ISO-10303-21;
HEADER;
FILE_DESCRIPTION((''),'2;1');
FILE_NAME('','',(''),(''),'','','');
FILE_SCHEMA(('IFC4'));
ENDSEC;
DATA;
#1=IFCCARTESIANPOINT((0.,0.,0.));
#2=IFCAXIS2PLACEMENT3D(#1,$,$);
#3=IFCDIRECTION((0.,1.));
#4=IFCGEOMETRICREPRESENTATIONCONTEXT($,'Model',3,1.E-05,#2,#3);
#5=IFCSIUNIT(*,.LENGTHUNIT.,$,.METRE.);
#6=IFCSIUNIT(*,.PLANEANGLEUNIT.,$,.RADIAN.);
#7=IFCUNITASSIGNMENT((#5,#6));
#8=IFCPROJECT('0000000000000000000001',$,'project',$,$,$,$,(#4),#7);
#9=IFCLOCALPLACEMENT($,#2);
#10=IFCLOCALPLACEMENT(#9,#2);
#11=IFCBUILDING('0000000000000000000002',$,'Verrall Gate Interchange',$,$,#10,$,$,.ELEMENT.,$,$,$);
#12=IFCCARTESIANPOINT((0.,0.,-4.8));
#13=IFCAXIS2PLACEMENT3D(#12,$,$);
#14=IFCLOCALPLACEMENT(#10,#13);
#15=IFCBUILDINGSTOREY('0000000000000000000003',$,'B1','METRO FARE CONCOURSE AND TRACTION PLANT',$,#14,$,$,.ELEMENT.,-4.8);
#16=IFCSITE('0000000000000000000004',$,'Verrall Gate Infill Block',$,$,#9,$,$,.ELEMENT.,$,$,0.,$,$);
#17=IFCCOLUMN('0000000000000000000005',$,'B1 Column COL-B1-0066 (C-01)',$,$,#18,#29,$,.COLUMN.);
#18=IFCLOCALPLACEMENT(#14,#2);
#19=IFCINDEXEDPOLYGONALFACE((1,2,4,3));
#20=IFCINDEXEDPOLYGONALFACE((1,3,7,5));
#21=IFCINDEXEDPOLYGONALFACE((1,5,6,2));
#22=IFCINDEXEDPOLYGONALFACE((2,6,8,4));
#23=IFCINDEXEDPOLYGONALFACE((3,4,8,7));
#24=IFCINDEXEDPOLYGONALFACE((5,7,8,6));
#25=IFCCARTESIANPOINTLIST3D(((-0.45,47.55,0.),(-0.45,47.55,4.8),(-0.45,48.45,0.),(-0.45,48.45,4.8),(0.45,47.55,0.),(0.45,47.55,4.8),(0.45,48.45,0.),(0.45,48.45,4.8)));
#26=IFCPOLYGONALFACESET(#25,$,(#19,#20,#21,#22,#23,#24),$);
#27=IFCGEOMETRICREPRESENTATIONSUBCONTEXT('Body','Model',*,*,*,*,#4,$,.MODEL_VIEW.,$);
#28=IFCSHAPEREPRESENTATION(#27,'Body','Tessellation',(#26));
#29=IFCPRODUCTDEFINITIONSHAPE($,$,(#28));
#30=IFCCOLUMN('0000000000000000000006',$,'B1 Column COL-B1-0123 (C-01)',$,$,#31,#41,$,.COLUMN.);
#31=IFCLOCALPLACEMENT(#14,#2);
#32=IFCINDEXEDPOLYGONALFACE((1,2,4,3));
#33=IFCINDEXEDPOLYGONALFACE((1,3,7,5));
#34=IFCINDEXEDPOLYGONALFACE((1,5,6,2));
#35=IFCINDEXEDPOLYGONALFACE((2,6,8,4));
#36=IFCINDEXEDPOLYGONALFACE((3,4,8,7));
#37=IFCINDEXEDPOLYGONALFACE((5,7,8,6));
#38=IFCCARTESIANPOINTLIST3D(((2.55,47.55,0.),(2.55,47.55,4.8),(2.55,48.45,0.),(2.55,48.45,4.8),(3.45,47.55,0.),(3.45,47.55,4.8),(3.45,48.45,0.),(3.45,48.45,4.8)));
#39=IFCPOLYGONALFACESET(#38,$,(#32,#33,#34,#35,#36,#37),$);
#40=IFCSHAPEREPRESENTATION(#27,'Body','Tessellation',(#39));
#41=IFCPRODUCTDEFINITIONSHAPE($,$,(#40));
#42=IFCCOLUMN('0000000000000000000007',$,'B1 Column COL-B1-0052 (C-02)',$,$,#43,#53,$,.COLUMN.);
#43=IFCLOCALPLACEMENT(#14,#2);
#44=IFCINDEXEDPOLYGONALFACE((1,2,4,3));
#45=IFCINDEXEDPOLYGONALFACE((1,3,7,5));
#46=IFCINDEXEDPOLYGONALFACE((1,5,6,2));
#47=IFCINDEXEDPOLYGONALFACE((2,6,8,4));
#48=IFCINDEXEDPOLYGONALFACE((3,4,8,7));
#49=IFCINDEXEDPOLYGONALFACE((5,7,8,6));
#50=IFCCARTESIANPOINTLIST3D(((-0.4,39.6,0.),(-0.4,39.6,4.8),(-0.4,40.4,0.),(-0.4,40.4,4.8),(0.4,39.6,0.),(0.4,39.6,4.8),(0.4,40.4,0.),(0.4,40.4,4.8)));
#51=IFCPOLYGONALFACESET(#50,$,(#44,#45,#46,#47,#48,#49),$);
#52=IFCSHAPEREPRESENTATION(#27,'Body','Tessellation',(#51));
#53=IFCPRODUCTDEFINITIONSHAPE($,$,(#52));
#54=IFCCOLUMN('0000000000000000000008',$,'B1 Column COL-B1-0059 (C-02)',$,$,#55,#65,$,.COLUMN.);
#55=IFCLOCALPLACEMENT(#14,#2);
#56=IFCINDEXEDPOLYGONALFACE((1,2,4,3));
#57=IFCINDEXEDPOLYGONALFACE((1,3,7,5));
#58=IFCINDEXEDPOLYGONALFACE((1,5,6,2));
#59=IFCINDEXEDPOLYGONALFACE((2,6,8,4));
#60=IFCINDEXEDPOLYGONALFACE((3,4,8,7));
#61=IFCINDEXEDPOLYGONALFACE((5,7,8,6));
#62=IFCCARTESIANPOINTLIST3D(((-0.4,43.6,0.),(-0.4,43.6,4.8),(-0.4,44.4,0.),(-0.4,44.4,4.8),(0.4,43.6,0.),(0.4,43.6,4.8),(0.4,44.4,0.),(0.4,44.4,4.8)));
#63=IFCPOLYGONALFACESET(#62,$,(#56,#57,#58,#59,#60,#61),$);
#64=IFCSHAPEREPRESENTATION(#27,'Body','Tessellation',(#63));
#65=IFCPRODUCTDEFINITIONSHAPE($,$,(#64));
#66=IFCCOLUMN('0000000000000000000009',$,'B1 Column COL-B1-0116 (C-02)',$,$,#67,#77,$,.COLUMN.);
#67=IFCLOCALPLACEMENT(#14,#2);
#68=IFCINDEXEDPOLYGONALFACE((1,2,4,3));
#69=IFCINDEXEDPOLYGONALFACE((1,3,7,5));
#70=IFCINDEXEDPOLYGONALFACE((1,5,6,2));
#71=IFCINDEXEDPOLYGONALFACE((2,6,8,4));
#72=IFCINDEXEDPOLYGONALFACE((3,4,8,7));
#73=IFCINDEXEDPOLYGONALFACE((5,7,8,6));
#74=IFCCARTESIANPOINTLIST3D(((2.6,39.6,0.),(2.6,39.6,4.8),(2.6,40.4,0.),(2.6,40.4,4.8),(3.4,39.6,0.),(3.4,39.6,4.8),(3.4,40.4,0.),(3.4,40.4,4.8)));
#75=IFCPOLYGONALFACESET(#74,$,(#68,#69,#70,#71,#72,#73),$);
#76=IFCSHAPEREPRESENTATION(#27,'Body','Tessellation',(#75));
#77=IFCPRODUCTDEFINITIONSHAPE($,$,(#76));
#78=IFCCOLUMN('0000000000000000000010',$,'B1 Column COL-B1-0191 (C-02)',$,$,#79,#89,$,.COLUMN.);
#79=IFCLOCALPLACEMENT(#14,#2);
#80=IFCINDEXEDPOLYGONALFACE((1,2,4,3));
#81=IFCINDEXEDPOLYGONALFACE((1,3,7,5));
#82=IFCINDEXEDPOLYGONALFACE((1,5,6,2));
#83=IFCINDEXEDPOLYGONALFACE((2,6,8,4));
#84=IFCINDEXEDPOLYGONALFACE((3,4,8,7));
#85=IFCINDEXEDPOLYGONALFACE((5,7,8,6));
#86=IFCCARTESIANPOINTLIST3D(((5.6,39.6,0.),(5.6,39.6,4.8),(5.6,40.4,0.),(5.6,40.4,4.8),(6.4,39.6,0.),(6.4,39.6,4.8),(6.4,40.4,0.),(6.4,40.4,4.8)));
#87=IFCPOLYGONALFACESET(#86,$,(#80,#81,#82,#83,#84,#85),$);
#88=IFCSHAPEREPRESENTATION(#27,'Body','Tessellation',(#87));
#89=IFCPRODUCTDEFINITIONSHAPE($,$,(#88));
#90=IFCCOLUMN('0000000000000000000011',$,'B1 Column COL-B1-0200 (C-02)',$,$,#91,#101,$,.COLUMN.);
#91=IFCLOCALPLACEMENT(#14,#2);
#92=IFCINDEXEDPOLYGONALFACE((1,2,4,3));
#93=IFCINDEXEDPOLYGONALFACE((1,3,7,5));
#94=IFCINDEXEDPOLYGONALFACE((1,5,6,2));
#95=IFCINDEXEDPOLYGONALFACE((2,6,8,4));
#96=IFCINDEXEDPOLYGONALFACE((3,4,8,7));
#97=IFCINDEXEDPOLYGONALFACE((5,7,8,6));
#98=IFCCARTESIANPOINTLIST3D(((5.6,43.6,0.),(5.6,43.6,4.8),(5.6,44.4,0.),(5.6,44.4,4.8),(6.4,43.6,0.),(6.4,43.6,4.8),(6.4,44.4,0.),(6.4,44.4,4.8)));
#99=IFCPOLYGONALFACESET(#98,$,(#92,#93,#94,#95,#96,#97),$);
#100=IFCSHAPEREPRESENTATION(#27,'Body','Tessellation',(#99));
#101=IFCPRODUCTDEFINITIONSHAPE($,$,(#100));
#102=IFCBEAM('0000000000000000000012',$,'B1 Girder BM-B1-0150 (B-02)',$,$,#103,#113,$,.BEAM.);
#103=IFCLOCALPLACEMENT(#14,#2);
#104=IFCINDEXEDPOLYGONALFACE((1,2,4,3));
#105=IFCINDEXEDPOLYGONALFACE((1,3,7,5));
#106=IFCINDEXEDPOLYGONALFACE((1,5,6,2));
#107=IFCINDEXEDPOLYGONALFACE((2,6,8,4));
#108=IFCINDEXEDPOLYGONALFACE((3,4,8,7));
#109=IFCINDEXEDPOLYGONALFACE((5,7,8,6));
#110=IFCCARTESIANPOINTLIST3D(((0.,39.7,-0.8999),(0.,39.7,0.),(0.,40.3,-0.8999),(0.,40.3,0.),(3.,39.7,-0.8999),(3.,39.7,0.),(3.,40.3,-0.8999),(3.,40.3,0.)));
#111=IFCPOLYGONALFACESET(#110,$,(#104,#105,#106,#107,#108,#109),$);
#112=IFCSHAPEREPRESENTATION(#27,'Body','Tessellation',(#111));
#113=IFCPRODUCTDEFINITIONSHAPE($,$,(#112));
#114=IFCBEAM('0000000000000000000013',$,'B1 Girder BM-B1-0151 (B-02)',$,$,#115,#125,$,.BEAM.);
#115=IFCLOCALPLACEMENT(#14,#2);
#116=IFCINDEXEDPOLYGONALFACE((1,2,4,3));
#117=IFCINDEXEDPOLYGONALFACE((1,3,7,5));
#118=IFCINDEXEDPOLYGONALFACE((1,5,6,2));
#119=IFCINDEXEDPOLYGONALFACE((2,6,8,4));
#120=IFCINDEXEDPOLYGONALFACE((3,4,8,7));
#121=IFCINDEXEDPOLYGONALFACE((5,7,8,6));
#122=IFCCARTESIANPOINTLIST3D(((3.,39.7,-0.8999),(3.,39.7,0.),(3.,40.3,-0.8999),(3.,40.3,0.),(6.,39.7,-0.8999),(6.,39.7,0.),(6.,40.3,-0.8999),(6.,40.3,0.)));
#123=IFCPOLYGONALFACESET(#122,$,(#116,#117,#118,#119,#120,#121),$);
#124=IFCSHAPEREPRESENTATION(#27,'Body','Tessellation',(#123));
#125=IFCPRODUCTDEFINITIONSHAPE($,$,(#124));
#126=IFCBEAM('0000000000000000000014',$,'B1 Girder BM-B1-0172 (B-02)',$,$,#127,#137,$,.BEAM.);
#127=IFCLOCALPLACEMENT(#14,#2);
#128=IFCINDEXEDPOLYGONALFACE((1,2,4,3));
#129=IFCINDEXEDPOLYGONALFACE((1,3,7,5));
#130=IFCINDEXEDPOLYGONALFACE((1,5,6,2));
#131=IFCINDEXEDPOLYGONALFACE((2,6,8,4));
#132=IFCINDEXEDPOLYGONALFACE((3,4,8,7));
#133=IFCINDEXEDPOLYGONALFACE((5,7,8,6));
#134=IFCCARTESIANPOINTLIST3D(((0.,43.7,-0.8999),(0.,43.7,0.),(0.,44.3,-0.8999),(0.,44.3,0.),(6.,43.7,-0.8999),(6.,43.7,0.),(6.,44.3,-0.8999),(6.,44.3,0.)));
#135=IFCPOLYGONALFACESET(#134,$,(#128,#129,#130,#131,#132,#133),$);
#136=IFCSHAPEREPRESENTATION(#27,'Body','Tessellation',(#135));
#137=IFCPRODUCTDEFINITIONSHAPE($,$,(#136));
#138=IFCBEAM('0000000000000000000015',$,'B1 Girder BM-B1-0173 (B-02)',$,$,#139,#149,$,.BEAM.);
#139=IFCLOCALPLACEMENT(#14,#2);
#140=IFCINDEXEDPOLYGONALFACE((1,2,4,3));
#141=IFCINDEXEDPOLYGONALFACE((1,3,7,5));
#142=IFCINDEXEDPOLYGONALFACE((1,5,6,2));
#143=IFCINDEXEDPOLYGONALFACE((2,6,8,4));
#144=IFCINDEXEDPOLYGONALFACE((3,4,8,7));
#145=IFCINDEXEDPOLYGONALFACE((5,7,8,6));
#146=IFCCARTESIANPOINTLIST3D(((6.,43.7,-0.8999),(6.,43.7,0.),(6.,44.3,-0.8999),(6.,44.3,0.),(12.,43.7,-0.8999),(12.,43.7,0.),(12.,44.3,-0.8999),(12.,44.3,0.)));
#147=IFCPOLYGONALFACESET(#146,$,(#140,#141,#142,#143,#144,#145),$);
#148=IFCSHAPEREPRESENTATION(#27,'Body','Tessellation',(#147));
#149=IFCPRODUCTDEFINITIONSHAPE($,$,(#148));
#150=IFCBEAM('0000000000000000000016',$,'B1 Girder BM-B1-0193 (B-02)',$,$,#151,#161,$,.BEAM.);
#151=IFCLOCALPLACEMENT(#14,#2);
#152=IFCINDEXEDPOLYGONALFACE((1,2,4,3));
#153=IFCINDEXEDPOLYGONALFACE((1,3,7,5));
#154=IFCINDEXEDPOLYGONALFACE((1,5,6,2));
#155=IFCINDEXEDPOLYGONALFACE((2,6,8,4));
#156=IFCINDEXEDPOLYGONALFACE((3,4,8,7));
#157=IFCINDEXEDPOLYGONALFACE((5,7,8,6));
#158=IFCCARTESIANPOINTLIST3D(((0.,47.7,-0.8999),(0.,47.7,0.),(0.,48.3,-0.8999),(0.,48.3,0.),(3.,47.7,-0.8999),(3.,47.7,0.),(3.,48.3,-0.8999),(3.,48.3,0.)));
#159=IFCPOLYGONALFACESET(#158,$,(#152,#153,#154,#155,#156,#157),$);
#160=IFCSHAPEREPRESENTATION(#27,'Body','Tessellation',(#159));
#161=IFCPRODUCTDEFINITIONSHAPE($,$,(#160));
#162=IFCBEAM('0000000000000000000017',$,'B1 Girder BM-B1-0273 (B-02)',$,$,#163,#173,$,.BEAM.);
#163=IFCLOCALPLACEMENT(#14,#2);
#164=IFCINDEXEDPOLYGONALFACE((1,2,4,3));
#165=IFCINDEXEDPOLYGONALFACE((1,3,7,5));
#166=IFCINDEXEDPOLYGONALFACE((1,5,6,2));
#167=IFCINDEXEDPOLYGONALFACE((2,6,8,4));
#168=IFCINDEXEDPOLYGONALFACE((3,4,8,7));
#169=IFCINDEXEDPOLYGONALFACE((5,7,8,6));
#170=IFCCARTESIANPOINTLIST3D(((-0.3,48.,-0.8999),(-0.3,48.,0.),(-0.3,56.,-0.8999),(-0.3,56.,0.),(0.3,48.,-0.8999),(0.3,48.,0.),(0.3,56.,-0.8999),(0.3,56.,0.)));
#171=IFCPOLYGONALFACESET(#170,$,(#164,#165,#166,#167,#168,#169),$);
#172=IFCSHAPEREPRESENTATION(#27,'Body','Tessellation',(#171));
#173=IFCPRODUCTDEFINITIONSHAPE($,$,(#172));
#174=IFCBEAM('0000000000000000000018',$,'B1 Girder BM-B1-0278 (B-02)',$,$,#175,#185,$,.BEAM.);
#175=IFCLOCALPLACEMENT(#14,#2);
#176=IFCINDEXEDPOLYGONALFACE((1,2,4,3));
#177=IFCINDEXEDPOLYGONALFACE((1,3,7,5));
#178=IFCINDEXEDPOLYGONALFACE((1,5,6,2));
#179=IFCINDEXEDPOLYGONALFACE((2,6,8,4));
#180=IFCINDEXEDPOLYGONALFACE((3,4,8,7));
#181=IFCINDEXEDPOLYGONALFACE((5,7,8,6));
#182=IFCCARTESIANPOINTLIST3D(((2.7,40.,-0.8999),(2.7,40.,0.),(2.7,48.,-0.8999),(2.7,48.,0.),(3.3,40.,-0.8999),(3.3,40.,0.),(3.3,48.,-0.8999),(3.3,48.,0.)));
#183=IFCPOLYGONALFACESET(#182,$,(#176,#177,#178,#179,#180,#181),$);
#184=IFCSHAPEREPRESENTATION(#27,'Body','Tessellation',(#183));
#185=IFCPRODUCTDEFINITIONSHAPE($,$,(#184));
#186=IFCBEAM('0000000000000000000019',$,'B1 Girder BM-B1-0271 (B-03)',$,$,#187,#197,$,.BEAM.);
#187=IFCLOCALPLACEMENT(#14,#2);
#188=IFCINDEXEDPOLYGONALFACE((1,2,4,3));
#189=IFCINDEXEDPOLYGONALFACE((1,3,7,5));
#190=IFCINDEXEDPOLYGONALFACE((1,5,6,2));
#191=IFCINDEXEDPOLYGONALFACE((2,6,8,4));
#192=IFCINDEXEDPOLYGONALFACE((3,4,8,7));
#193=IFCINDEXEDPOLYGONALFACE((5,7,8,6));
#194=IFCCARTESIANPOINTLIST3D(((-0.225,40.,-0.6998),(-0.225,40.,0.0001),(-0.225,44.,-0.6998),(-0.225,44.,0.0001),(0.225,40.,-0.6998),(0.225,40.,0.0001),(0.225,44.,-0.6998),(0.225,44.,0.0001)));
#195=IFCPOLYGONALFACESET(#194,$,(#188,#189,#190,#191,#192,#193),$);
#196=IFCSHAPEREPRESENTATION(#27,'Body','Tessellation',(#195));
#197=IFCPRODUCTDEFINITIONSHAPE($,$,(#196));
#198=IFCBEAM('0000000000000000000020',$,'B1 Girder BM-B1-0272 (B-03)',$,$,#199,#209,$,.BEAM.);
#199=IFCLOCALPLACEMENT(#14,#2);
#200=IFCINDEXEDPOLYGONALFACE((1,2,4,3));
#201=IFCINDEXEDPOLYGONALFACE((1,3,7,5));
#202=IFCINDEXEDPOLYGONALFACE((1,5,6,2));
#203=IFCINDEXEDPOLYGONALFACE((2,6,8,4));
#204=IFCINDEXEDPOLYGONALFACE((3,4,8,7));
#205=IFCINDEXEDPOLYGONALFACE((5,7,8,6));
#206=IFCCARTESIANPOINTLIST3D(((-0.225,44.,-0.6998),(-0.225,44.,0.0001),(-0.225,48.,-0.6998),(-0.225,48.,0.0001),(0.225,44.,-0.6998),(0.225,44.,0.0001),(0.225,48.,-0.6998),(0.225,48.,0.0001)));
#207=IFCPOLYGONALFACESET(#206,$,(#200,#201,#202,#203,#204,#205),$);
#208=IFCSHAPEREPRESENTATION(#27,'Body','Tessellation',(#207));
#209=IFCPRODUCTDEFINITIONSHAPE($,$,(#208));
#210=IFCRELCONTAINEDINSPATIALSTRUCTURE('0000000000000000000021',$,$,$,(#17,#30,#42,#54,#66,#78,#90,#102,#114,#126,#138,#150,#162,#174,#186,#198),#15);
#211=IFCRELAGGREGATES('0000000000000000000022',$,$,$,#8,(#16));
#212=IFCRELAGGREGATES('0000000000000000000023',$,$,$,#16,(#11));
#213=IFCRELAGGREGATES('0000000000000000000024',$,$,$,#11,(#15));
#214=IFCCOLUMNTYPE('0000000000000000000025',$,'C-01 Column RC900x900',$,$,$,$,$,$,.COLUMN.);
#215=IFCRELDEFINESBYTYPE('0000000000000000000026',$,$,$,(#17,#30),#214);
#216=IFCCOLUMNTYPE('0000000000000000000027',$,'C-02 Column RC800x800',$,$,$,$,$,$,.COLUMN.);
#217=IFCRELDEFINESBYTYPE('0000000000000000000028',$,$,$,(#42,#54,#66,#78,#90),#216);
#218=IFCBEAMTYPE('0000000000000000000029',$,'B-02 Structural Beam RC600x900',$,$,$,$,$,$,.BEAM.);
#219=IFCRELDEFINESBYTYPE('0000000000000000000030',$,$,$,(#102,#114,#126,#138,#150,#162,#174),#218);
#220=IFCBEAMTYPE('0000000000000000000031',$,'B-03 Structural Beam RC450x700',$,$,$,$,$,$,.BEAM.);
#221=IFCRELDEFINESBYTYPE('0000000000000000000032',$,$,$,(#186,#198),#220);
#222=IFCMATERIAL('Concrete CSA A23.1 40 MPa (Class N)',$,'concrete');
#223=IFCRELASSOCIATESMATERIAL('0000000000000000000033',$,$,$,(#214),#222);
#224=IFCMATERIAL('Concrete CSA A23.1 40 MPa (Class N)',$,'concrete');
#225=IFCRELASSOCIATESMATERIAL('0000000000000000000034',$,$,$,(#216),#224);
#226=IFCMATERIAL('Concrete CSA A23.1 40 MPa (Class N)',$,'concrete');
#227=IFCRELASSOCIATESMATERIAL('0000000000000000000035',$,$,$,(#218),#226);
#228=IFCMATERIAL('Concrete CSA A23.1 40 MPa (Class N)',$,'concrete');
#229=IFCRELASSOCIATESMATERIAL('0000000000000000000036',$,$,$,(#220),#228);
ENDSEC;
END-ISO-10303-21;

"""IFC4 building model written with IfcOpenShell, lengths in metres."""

from ifc_helpers import new_model, si_unit, direction, frame, origin, origin_2d, place, context, subcontext, project, spatial, rectangle, extrude, material, material_profile, profile_set, type_object, element, save


model = new_model("IFC4")

# Units and contexts
model_context = context("Model", 3, precision=1e-05, world=origin(), true_north=direction((0.0, 1.0)))
body_context = subcontext(model_context, "Body", "Model", "MODEL_VIEW")
ifc_project = project(units=[si_unit("LENGTHUNIT", "METRE"), si_unit("PLANEANGLEUNIT", "RADIAN")], contexts=[model_context])

# Site, building, storey
site_placement = place(None, origin())
site = spatial("IfcSite", under=ifc_project, at=site_placement, Name="Verrall Gate Infill Block", CompositionType="ELEMENT", RefElevation=0.0)
building_placement = place(site_placement, origin())
building = spatial("IfcBuilding", under=site, at=building_placement, Name="Verrall Gate Interchange", CompositionType="ELEMENT")
storey_placement = place(building_placement, frame((0.0, 0.0, -4.8)))
storey = spatial("IfcBuildingStorey", under=building, at=storey_placement, Name="B1", Description="METRO FARE CONCOURSE AND TRACTION PLANT", CompositionType="ELEMENT", Elevation=-4.8)

# Columns
ifc_material_1 = material(Name="Concrete CSA A23.1 40 MPa (Class N)", Category="concrete")
ifc_material_profile_1 = material_profile(ifc_material_1, rectangle(XDim=0.8999, YDim=0.8999, at=origin_2d()), Name="RC900x900")
ifc_profile_set_1 = profile_set([ifc_material_profile_1], Name="Concrete CSA A23.1 40 MPa (Class N)")
column_type_1 = type_object("IfcColumnType", Name="C-01 Column RC900x900", PredefinedType="COLUMN", material=ifc_profile_set_1)
for number, where, z_axis, x_axis, name in (
    (1, (0.0, 48.0, 0.0), (0.0, 0.0, 1.0), (1.0, 0.0, 0.0), "B1 Column COL-B1-0066 (C-01)"),
    (2, (3.0, 48.0, 0.0), (0.0, 0.0, 1.0), (1.0, 0.0, 0.0), "B1 Column COL-B1-0123 (C-01)"),
):
    element("IfcColumn", number, at=place(storey_placement, frame(where, z_axis=z_axis, x_axis=x_axis)), inside=storey, type_object=column_type_1, Name=name, PredefinedType="COLUMN", context=body_context, shape_type="SweptSolid", body=[
        extrude(rectangle(XDim=0.8999, YDim=0.8999, at=origin_2d()), origin(), (0.0, 0.0, 1.0), 4.8),
    ])
ifc_material_2 = material(Name="Concrete CSA A23.1 40 MPa (Class N)", Category="concrete")
ifc_material_profile_2 = material_profile(ifc_material_2, rectangle(XDim=0.8, YDim=0.8, at=origin_2d()), Name="RC800x800")
ifc_profile_set_2 = profile_set([ifc_material_profile_2], Name="Concrete CSA A23.1 40 MPa (Class N)")
column_type_2 = type_object("IfcColumnType", Name="C-02 Column RC800x800", PredefinedType="COLUMN", material=ifc_profile_set_2)
for number, where, z_axis, x_axis, name in (
    (3, (0.0, 40.0, 0.0), (0.0, 0.0, 1.0), (1.0, 0.0, 0.0), "B1 Column COL-B1-0052 (C-02)"),
    (4, (0.0, 44.0, 0.0), (0.0, 0.0, 1.0), (1.0, 0.0, 0.0), "B1 Column COL-B1-0059 (C-02)"),
    (5, (3.0, 40.0, 0.0), (0.0, 0.0, 1.0), (1.0, 0.0, 0.0), "B1 Column COL-B1-0116 (C-02)"),
    (6, (6.0, 40.0, 0.0), (0.0, 0.0, 1.0), (1.0, 0.0, 0.0), "B1 Column COL-B1-0191 (C-02)"),
    (7, (6.0, 44.0, 0.0), (0.0, 0.0, 1.0), (1.0, 0.0, 0.0), "B1 Column COL-B1-0200 (C-02)"),
):
    element("IfcColumn", number, at=place(storey_placement, frame(where, z_axis=z_axis, x_axis=x_axis)), inside=storey, type_object=column_type_2, Name=name, PredefinedType="COLUMN", context=body_context, shape_type="SweptSolid", body=[
        extrude(rectangle(XDim=0.8, YDim=0.8, at=origin_2d()), origin(), (0.0, 0.0, 1.0), 4.8),
    ])

# Beams
ifc_material_3 = material(Name="Concrete CSA A23.1 40 MPa (Class N)", Category="concrete")
ifc_material_profile_3 = material_profile(ifc_material_3, rectangle(XDim=0.6001, YDim=0.8999, at=origin_2d()), Name="RC600x900")
ifc_profile_set_3 = profile_set([ifc_material_profile_3], Name="Concrete CSA A23.1 40 MPa (Class N)")
beam_type_1 = type_object("IfcBeamType", Name="B-02 Structural Beam RC600x900", PredefinedType="BEAM", material=ifc_profile_set_3)
for number, where, z_axis, x_axis, name in (
    (8, (0.0, 40.0, -0.45), (1.0, 0.0, 0.0), (0.0, 1.0, 0.0), "B1 Girder BM-B1-0150 (B-02)"),
    (9, (3.0, 40.0, -0.45), (1.0, 0.0, 0.0), (0.0, 1.0, 0.0), "B1 Girder BM-B1-0151 (B-02)"),
):
    element("IfcBeam", number, at=place(storey_placement, frame(where, z_axis=z_axis, x_axis=x_axis)), inside=storey, type_object=beam_type_1, Name=name, PredefinedType="BEAM", context=body_context, shape_type="SweptSolid", body=[
        extrude(rectangle(XDim=0.6001, YDim=0.8999, at=origin_2d()), origin(), (0.0, 0.0, 1.0), 3.0),
    ])
for number, where, z_axis, x_axis, name in (
    (10, (0.0, 44.0, -0.45), (1.0, 0.0, 0.0), (0.0, 1.0, 0.0), "B1 Girder BM-B1-0172 (B-02)"),
    (11, (6.0, 44.0, -0.45), (1.0, 0.0, 0.0), (0.0, 1.0, 0.0), "B1 Girder BM-B1-0173 (B-02)"),
):
    element("IfcBeam", number, at=place(storey_placement, frame(where, z_axis=z_axis, x_axis=x_axis)), inside=storey, type_object=beam_type_1, Name=name, PredefinedType="BEAM", context=body_context, shape_type="SweptSolid", body=[
        extrude(rectangle(XDim=0.6001, YDim=0.8999, at=origin_2d()), origin(), (0.0, 0.0, 1.0), 6.0),
    ])
beam_1_placement = place(storey_placement, frame((0.0, 48.0, -0.45), z_axis=(1.0, 0.0, 0.0), x_axis=(0.0, 1.0, 0.0)))
element("IfcBeam", 12, at=beam_1_placement, inside=storey, type_object=beam_type_1, Name="B1 Girder BM-B1-0193 (B-02)", PredefinedType="BEAM", context=body_context, shape_type="SweptSolid", body=[
    extrude(rectangle(XDim=0.6001, YDim=0.8999, at=origin_2d()), origin(), (0.0, 0.0, 1.0), 3.0),
])
for number, where, z_axis, x_axis, name in (
    (13, (0.0, 48.0, -0.45), (0.0, 1.0, 0.0), (-1.0, 0.0, 0.0), "B1 Girder BM-B1-0273 (B-02)"),
    (14, (3.0, 40.0, -0.45), (0.0, 1.0, 0.0), (-1.0, 0.0, 0.0), "B1 Girder BM-B1-0278 (B-02)"),
):
    element("IfcBeam", number, at=place(storey_placement, frame(where, z_axis=z_axis, x_axis=x_axis)), inside=storey, type_object=beam_type_1, Name=name, PredefinedType="BEAM", context=body_context, shape_type="SweptSolid", body=[
        extrude(rectangle(XDim=0.6001, YDim=0.8999, at=origin_2d()), origin(), (0.0, 0.0, 1.0), 8.0),
    ])
ifc_material_4 = material(Name="Concrete CSA A23.1 40 MPa (Class N)", Category="concrete")
ifc_material_profile_4 = material_profile(ifc_material_4, rectangle(XDim=0.45, YDim=0.7, at=origin_2d()), Name="RC450x700")
ifc_profile_set_4 = profile_set([ifc_material_profile_4], Name="Concrete CSA A23.1 40 MPa (Class N)")
beam_type_2 = type_object("IfcBeamType", Name="B-03 Structural Beam RC450x700", PredefinedType="BEAM", material=ifc_profile_set_4)
for number, where, z_axis, x_axis, name in (
    (15, (0.0, 40.0, -0.3499), (0.0, 1.0, 0.0), (-1.0, 0.0, 0.0), "B1 Girder BM-B1-0271 (B-03)"),
    (16, (0.0, 44.0, -0.3499), (0.0, 1.0, 0.0), (-1.0, 0.0, 0.0), "B1 Girder BM-B1-0272 (B-03)"),
):
    element("IfcBeam", number, at=place(storey_placement, frame(where, z_axis=z_axis, x_axis=x_axis)), inside=storey, type_object=beam_type_2, Name=name, PredefinedType="BEAM", context=body_context, shape_type="SweptSolid", body=[
        extrude(rectangle(XDim=0.45, YDim=0.7, at=origin_2d()), origin(), (0.0, 0.0, 1.0), 4.0),
    ])

save(model, "model.ifc")
